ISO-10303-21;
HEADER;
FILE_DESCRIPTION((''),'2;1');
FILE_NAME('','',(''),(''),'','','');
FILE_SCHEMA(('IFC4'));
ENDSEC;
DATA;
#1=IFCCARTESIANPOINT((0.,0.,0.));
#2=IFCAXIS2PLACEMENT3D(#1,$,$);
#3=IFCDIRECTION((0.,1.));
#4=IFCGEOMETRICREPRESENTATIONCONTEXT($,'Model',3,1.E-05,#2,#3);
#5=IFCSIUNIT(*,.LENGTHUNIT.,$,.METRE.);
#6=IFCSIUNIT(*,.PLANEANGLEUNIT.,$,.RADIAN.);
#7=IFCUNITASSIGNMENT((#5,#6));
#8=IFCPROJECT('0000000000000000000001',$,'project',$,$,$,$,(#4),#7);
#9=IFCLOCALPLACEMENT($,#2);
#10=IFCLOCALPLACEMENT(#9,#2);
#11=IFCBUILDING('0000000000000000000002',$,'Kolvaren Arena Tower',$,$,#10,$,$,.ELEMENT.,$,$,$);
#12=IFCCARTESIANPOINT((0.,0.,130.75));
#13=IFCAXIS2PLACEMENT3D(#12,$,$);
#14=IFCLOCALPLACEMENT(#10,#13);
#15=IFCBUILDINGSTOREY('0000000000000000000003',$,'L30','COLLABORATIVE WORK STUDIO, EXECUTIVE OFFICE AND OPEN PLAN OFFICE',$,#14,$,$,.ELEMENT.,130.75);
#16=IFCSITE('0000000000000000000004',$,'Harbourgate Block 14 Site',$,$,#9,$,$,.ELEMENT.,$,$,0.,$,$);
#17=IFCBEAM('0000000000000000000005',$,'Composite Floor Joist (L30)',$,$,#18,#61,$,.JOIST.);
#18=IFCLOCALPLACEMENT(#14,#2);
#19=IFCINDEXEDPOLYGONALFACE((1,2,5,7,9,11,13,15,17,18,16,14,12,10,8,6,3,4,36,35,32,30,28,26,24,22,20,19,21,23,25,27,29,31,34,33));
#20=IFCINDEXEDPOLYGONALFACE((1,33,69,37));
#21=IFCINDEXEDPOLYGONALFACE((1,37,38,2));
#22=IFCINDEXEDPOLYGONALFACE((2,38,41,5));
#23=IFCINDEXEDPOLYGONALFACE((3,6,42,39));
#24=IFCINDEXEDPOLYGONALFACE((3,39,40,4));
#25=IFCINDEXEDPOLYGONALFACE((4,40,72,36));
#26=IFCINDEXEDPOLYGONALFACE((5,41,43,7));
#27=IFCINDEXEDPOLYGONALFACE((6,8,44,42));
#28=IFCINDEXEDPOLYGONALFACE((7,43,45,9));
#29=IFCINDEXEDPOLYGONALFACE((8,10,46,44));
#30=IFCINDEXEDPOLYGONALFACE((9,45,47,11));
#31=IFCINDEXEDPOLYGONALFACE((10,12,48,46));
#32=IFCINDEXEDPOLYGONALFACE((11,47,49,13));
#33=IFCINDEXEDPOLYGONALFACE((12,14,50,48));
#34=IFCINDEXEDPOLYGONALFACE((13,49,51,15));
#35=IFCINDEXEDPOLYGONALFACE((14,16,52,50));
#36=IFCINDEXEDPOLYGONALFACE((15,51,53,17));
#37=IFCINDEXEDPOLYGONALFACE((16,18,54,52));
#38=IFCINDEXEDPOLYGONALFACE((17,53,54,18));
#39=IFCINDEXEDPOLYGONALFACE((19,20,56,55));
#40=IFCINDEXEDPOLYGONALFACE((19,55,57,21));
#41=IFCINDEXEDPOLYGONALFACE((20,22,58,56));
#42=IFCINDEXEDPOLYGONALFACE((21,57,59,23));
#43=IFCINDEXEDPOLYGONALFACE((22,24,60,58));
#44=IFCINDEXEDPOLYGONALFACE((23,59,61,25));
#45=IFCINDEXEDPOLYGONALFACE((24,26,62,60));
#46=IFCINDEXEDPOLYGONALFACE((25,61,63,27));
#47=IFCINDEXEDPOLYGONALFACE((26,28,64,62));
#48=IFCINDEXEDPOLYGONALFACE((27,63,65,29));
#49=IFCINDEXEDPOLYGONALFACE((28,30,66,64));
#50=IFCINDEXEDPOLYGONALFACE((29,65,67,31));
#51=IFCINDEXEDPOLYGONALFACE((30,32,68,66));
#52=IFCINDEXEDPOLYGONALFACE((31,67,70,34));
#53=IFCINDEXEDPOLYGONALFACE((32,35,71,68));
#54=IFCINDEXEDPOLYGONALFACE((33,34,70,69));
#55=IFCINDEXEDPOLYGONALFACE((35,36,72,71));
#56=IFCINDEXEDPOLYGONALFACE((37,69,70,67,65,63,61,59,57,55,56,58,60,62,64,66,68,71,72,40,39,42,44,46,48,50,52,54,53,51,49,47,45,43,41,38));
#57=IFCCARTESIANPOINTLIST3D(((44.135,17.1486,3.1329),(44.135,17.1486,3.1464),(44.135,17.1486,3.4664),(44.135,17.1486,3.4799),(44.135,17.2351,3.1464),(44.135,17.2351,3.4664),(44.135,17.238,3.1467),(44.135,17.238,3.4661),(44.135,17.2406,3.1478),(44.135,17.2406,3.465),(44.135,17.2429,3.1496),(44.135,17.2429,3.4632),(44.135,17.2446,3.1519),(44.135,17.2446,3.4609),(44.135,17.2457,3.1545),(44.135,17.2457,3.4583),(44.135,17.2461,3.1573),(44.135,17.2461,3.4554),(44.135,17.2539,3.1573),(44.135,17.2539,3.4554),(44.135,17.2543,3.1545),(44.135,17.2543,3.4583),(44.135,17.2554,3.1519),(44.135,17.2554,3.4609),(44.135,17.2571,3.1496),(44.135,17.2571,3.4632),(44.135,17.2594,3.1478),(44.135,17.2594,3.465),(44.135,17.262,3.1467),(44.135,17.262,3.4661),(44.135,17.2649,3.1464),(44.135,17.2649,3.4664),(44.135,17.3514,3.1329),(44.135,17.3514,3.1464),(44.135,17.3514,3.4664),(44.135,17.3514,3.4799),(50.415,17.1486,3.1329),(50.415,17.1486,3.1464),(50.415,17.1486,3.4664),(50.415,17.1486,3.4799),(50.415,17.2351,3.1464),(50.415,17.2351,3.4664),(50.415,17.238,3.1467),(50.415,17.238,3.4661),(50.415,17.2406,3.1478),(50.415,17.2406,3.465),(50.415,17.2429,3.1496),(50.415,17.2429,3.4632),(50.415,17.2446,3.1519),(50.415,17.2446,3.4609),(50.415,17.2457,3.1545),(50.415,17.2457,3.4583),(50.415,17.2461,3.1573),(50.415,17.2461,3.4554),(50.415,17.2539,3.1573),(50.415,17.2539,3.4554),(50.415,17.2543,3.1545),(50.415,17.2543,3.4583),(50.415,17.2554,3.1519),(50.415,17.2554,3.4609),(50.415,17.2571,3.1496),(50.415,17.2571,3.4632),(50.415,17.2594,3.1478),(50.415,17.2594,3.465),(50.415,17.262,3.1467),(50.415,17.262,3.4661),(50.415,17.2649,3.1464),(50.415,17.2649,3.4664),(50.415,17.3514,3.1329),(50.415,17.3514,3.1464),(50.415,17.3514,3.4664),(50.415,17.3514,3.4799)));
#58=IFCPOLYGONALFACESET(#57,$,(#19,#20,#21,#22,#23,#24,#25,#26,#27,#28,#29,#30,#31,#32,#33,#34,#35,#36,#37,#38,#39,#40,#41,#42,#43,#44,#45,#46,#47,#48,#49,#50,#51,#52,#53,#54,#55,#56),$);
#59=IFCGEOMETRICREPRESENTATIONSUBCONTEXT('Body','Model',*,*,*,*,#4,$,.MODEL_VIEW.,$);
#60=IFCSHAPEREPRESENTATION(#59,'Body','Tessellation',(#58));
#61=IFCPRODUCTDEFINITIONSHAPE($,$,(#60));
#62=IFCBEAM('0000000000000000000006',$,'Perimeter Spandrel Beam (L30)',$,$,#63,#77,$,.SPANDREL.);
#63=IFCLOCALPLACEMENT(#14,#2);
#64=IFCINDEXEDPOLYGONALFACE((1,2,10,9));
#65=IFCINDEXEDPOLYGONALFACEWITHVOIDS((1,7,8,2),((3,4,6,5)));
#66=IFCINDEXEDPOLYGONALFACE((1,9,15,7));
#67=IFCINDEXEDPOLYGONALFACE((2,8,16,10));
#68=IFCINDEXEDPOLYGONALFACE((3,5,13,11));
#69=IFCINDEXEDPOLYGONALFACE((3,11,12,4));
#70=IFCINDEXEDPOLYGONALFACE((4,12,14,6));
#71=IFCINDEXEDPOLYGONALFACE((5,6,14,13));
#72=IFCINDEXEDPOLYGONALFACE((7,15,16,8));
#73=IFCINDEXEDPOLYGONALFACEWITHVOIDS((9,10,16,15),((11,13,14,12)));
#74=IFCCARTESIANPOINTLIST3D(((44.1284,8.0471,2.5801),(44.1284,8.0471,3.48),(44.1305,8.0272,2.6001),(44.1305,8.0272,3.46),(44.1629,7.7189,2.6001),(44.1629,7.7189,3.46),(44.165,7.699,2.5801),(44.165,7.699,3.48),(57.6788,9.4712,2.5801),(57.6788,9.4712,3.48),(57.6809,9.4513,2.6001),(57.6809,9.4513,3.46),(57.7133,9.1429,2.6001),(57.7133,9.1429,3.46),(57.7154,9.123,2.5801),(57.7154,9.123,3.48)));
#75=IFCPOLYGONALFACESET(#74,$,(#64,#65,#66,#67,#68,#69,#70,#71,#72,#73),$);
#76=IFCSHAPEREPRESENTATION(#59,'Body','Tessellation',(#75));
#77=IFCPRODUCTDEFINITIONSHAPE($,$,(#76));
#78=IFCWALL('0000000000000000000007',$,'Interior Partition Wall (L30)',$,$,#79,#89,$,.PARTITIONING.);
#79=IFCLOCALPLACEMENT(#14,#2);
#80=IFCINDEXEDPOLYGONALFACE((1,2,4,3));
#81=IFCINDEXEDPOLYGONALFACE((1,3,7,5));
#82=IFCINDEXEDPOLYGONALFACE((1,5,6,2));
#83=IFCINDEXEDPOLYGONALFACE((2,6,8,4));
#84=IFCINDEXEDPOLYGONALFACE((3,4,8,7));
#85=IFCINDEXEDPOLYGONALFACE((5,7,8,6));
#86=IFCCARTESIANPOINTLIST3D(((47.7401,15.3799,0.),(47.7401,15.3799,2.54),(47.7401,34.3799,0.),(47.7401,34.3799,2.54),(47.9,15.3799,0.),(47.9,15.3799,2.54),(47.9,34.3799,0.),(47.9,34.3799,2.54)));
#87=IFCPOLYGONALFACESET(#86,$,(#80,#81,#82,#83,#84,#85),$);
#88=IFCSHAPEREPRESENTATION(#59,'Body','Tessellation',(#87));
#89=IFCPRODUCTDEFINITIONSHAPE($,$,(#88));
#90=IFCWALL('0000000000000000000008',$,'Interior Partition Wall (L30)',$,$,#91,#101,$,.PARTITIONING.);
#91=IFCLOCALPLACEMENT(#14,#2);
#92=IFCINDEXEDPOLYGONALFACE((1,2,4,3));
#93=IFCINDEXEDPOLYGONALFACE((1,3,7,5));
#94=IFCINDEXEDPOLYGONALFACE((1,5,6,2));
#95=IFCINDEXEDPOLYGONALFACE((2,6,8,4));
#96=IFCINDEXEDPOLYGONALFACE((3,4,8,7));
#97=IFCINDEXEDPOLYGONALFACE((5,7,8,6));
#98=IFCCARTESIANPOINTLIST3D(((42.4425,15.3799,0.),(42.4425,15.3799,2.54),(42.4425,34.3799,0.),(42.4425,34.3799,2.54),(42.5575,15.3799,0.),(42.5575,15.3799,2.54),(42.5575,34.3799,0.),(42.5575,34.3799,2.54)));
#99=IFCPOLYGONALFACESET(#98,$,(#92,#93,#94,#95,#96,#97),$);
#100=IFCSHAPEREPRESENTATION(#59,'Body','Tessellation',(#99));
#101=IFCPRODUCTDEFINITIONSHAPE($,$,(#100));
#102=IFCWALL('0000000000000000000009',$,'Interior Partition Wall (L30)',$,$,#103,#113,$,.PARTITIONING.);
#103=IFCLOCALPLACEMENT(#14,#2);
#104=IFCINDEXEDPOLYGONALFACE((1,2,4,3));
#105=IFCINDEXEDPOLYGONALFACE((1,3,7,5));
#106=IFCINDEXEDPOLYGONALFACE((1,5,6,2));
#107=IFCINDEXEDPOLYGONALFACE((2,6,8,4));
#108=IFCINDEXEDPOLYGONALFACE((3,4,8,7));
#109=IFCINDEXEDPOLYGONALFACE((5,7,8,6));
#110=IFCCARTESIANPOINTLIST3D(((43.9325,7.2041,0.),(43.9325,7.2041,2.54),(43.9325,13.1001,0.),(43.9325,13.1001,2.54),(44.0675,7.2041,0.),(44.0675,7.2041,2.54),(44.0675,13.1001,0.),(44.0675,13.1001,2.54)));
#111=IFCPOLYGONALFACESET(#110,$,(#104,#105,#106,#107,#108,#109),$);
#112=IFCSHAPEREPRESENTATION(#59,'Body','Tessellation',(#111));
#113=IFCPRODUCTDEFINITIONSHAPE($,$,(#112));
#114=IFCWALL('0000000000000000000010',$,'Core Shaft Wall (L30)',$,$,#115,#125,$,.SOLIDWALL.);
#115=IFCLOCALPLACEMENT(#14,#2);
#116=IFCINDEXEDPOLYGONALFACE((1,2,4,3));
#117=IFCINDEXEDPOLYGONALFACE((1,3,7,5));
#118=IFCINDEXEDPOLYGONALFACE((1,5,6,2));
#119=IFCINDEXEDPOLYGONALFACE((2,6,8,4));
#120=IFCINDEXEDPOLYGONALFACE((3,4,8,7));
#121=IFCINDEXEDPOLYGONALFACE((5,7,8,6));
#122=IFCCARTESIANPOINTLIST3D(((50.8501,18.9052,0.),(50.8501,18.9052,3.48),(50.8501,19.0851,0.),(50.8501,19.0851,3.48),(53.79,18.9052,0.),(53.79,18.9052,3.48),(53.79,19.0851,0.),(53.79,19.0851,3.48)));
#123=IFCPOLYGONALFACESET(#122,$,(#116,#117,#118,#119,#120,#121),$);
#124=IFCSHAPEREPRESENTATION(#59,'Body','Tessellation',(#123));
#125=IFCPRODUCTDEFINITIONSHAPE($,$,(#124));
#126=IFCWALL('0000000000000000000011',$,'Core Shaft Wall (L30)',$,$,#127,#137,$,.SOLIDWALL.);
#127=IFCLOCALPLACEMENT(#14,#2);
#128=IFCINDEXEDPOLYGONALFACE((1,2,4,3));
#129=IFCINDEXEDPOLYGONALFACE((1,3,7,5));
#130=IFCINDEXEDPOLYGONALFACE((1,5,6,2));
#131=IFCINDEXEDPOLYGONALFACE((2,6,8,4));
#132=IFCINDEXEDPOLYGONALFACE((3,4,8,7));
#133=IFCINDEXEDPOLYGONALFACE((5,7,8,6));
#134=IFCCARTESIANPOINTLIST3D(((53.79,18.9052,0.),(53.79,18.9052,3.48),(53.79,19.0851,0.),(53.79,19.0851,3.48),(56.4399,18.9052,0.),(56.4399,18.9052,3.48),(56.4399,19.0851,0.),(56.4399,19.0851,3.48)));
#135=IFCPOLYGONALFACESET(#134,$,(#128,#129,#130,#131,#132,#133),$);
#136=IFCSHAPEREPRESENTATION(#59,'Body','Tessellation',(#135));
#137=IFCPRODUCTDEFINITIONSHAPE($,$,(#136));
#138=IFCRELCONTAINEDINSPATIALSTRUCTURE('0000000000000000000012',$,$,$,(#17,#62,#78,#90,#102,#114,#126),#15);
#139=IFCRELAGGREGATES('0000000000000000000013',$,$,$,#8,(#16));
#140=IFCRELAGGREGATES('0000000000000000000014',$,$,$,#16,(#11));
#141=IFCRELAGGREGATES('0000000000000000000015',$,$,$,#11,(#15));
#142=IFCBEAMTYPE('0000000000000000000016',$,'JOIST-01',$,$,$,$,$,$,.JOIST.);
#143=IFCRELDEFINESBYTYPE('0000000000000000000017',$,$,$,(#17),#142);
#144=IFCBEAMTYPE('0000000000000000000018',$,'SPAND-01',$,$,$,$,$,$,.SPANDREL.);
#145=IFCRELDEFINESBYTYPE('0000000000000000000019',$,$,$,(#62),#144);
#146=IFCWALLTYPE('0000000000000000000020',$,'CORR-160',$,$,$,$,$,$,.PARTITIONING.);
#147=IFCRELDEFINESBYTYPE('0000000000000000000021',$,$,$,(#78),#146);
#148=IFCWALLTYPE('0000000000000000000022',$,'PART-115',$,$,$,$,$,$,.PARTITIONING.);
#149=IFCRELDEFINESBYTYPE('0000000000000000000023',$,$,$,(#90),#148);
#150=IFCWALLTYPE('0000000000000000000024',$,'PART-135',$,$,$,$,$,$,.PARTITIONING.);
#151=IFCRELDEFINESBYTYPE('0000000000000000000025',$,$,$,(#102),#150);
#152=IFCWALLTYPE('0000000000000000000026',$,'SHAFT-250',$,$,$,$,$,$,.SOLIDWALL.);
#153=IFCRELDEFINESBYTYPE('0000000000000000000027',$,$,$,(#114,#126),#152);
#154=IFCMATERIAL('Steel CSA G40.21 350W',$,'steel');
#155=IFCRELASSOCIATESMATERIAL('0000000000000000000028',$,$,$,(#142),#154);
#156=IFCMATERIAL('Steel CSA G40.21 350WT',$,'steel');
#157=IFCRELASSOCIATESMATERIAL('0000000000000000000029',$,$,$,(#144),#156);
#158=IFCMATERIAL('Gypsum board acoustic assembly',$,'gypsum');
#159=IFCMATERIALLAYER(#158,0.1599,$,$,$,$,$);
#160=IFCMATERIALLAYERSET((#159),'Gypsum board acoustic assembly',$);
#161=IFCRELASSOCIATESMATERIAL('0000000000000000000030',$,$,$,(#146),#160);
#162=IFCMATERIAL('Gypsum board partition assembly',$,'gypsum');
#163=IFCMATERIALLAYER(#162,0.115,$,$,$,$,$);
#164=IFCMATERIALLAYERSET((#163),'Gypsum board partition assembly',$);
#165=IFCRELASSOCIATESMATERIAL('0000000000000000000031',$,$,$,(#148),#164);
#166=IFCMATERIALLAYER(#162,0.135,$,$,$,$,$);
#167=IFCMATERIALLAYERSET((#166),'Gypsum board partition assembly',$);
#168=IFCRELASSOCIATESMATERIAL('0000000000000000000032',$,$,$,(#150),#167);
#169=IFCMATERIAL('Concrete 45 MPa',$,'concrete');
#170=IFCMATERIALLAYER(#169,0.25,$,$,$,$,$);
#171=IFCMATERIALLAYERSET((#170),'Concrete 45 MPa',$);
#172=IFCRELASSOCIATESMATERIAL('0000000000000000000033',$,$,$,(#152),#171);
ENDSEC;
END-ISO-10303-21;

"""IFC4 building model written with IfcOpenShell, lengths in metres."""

from ifc_helpers import new_model, si_unit, direction, frame, frame_2d, origin, origin_2d, place, context, subcontext, project, spatial, rectangle, hollow_rectangle, i_section, extrude, material, layer, layer_set, material_profile, profile_set, type_object, element, save


model = new_model("IFC4")

# Units and contexts
model_context = context("Model", 3, precision=1e-05, world=origin(), true_north=direction((0.0, 1.0)))
body_context = subcontext(model_context, "Body", "Model", "MODEL_VIEW")
ifc_project = project(units=[si_unit("LENGTHUNIT", "METRE"), si_unit("PLANEANGLEUNIT", "RADIAN")], contexts=[model_context])

# Site, building, storey
site_placement = place(None, origin())
site = spatial("IfcSite", under=ifc_project, at=site_placement, Name="Harbourgate Block 14 Site", CompositionType="ELEMENT", RefElevation=0.0)
building_placement = place(site_placement, origin())
building = spatial("IfcBuilding", under=site, at=building_placement, Name="Kolvaren Arena Tower", CompositionType="ELEMENT")
storey_placement = place(building_placement, frame((0.0, 0.0, 130.75)))
storey = spatial("IfcBuildingStorey", under=building, at=storey_placement, Name="L30", Description="COLLABORATIVE WORK STUDIO, EXECUTIVE OFFICE AND OPEN PLAN OFFICE", CompositionType="ELEMENT", Elevation=130.75)

# Beams
ifc_material_1 = material(Name="Steel CSA G40.21 350W", Category="steel")
ifc_material_profile_1 = material_profile(ifc_material_1, i_section(OverallWidth=0.2029, OverallDepth=0.3469, WebThickness=0.0078, FlangeThickness=0.0134, FilletRadius=0.011, at=origin_2d()), Name="W360x64")
ifc_profile_set_1 = profile_set([ifc_material_profile_1], Name="Steel CSA G40.21 350W")
beam_type_1 = type_object("IfcBeamType", Name="JOIST-01", PredefinedType="JOIST", material=ifc_profile_set_1)
beam_1_placement = place(storey_placement, frame((44.135, 17.25, 3.3064), z_axis=(1.0, 0.0, 0.0), x_axis=(0.0, 1.0, 0.0)))
element("IfcBeam", 1, at=beam_1_placement, inside=storey, type_object=beam_type_1, Name="Composite Floor Joist (L30)", PredefinedType="JOIST", context=body_context, shape_type="SweptSolid", body=[
    extrude(i_section(OverallWidth=0.2029, OverallDepth=0.3469, WebThickness=0.0078, FlangeThickness=0.0134, FilletRadius=0.011, at=origin_2d()), origin(), (0.0, 0.0, 1.0), 6.28),
])
ifc_material_2 = material(Name="Steel CSA G40.21 350WT", Category="steel")
ifc_material_profile_2 = material_profile(ifc_material_2, hollow_rectangle(XDim=0.3501, YDim=0.8999, WallThickness=0.02, at=origin_2d()), Name="HSS 900x350x20")
ifc_profile_set_2 = profile_set([ifc_material_profile_2], Name="Steel CSA G40.21 350WT")
beam_type_2 = type_object("IfcBeamType", Name="SPAND-01", PredefinedType="SPANDREL", material=ifc_profile_set_2)
beam_2_placement = place(storey_placement, frame((44.1467, 7.873, 3.03), z_axis=(0.994523, 0.10452, 0.0), x_axis=(-0.10452, 0.994523, 0.0)))
element("IfcBeam", 2, at=beam_2_placement, inside=storey, type_object=beam_type_2, Name="Perimeter Spandrel Beam (L30)", PredefinedType="SPANDREL", context=body_context, shape_type="SweptSolid", body=[
    extrude(hollow_rectangle(XDim=0.3501, YDim=0.8999, WallThickness=0.02, at=origin_2d()), origin(), (0.0, 0.0, 1.0), 13.625),
])

# Walls
ifc_material_3 = material(Name="Gypsum board acoustic assembly", Category="gypsum")
ifc_layer_1 = layer(ifc_material_3, 0.1599)
ifc_layer_set_1 = layer_set([ifc_layer_1], Name="Gypsum board acoustic assembly")
wall_type_1 = type_object("IfcWallType", Name="CORR-160", PredefinedType="PARTITIONING", material=ifc_layer_set_1)
wall_1_placement = place(storey_placement, frame((47.8201, 15.3799, 0.0), z_axis=(0.0, 0.0, 1.0), x_axis=(0.0, 1.0, 0.0)))
element("IfcWall", 3, at=wall_1_placement, inside=storey, type_object=wall_type_1, Name="Interior Partition Wall (L30)", PredefinedType="PARTITIONING", context=body_context, shape_type="SweptSolid", body=[
    extrude(rectangle(XDim=19.0, YDim=0.1599, at=frame_2d((9.5, 0.0))), origin(), (0.0, 0.0, 1.0), 2.54),
])
ifc_material_4 = material(Name="Gypsum board partition assembly", Category="gypsum")
ifc_layer_2 = layer(ifc_material_4, 0.115)
ifc_layer_set_2 = layer_set([ifc_layer_2], Name="Gypsum board partition assembly")
wall_type_2 = type_object("IfcWallType", Name="PART-115", PredefinedType="PARTITIONING", material=ifc_layer_set_2)
wall_2_placement = place(storey_placement, frame((42.5, 15.3799, 0.0), z_axis=(0.0, 0.0, 1.0), x_axis=(0.0, 1.0, 0.0)))
element("IfcWall", 4, at=wall_2_placement, inside=storey, type_object=wall_type_2, Name="Interior Partition Wall (L30)", PredefinedType="PARTITIONING", context=body_context, shape_type="SweptSolid", body=[
    extrude(rectangle(XDim=19.0, YDim=0.115, at=frame_2d((9.5, 0.0))), origin(), (0.0, 0.0, 1.0), 2.54),
])
ifc_layer_3 = layer(ifc_material_4, 0.135)
ifc_layer_set_3 = layer_set([ifc_layer_3], Name="Gypsum board partition assembly")
wall_type_3 = type_object("IfcWallType", Name="PART-135", PredefinedType="PARTITIONING", material=ifc_layer_set_3)
wall_3_placement = place(storey_placement, frame((44.0, 7.2041, 0.0), z_axis=(0.0, 0.0, 1.0), x_axis=(0.0, 1.0, 0.0)))
element("IfcWall", 5, at=wall_3_placement, inside=storey, type_object=wall_type_3, Name="Interior Partition Wall (L30)", PredefinedType="PARTITIONING", context=body_context, shape_type="SweptSolid", body=[
    extrude(rectangle(XDim=5.896, YDim=0.135, at=frame_2d((2.948, 0.0))), origin(), (0.0, 0.0, 1.0), 2.54),
])
ifc_material_5 = material(Name="Concrete 45 MPa", Category="concrete")
ifc_layer_4 = layer(ifc_material_5, 0.25)
ifc_layer_set_4 = layer_set([ifc_layer_4], Name="Concrete 45 MPa")
wall_type_4 = type_object("IfcWallType", Name="SHAFT-250", PredefinedType="SOLIDWALL", material=ifc_layer_set_4)
wall_4_placement = place(storey_placement, frame((50.8501, 18.9951, 0.0), z_axis=(0.0, 0.0, 1.0), x_axis=(1.0, 0.0, 0.0)))
element("IfcWall", 6, at=wall_4_placement, inside=storey, type_object=wall_type_4, Name="Core Shaft Wall (L30)", PredefinedType="SOLIDWALL", context=body_context, shape_type="SweptSolid", body=[
    extrude(rectangle(XDim=2.9399, YDim=0.1799, at=frame_2d((1.47, 0.0))), origin(), (0.0, 0.0, 1.0), 3.48),
])
wall_5_placement = place(storey_placement, frame((53.79, 18.9951, 0.0), z_axis=(0.0, 0.0, 1.0), x_axis=(1.0, 0.0, 0.0)))
element("IfcWall", 7, at=wall_5_placement, inside=storey, type_object=wall_type_4, Name="Core Shaft Wall (L30)", PredefinedType="SOLIDWALL", context=body_context, shape_type="SweptSolid", body=[
    extrude(rectangle(XDim=2.6499, YDim=0.1799, at=frame_2d((1.325, 0.0))), origin(), (0.0, 0.0, 1.0), 3.48),
])

save(model, "model.ifc")
